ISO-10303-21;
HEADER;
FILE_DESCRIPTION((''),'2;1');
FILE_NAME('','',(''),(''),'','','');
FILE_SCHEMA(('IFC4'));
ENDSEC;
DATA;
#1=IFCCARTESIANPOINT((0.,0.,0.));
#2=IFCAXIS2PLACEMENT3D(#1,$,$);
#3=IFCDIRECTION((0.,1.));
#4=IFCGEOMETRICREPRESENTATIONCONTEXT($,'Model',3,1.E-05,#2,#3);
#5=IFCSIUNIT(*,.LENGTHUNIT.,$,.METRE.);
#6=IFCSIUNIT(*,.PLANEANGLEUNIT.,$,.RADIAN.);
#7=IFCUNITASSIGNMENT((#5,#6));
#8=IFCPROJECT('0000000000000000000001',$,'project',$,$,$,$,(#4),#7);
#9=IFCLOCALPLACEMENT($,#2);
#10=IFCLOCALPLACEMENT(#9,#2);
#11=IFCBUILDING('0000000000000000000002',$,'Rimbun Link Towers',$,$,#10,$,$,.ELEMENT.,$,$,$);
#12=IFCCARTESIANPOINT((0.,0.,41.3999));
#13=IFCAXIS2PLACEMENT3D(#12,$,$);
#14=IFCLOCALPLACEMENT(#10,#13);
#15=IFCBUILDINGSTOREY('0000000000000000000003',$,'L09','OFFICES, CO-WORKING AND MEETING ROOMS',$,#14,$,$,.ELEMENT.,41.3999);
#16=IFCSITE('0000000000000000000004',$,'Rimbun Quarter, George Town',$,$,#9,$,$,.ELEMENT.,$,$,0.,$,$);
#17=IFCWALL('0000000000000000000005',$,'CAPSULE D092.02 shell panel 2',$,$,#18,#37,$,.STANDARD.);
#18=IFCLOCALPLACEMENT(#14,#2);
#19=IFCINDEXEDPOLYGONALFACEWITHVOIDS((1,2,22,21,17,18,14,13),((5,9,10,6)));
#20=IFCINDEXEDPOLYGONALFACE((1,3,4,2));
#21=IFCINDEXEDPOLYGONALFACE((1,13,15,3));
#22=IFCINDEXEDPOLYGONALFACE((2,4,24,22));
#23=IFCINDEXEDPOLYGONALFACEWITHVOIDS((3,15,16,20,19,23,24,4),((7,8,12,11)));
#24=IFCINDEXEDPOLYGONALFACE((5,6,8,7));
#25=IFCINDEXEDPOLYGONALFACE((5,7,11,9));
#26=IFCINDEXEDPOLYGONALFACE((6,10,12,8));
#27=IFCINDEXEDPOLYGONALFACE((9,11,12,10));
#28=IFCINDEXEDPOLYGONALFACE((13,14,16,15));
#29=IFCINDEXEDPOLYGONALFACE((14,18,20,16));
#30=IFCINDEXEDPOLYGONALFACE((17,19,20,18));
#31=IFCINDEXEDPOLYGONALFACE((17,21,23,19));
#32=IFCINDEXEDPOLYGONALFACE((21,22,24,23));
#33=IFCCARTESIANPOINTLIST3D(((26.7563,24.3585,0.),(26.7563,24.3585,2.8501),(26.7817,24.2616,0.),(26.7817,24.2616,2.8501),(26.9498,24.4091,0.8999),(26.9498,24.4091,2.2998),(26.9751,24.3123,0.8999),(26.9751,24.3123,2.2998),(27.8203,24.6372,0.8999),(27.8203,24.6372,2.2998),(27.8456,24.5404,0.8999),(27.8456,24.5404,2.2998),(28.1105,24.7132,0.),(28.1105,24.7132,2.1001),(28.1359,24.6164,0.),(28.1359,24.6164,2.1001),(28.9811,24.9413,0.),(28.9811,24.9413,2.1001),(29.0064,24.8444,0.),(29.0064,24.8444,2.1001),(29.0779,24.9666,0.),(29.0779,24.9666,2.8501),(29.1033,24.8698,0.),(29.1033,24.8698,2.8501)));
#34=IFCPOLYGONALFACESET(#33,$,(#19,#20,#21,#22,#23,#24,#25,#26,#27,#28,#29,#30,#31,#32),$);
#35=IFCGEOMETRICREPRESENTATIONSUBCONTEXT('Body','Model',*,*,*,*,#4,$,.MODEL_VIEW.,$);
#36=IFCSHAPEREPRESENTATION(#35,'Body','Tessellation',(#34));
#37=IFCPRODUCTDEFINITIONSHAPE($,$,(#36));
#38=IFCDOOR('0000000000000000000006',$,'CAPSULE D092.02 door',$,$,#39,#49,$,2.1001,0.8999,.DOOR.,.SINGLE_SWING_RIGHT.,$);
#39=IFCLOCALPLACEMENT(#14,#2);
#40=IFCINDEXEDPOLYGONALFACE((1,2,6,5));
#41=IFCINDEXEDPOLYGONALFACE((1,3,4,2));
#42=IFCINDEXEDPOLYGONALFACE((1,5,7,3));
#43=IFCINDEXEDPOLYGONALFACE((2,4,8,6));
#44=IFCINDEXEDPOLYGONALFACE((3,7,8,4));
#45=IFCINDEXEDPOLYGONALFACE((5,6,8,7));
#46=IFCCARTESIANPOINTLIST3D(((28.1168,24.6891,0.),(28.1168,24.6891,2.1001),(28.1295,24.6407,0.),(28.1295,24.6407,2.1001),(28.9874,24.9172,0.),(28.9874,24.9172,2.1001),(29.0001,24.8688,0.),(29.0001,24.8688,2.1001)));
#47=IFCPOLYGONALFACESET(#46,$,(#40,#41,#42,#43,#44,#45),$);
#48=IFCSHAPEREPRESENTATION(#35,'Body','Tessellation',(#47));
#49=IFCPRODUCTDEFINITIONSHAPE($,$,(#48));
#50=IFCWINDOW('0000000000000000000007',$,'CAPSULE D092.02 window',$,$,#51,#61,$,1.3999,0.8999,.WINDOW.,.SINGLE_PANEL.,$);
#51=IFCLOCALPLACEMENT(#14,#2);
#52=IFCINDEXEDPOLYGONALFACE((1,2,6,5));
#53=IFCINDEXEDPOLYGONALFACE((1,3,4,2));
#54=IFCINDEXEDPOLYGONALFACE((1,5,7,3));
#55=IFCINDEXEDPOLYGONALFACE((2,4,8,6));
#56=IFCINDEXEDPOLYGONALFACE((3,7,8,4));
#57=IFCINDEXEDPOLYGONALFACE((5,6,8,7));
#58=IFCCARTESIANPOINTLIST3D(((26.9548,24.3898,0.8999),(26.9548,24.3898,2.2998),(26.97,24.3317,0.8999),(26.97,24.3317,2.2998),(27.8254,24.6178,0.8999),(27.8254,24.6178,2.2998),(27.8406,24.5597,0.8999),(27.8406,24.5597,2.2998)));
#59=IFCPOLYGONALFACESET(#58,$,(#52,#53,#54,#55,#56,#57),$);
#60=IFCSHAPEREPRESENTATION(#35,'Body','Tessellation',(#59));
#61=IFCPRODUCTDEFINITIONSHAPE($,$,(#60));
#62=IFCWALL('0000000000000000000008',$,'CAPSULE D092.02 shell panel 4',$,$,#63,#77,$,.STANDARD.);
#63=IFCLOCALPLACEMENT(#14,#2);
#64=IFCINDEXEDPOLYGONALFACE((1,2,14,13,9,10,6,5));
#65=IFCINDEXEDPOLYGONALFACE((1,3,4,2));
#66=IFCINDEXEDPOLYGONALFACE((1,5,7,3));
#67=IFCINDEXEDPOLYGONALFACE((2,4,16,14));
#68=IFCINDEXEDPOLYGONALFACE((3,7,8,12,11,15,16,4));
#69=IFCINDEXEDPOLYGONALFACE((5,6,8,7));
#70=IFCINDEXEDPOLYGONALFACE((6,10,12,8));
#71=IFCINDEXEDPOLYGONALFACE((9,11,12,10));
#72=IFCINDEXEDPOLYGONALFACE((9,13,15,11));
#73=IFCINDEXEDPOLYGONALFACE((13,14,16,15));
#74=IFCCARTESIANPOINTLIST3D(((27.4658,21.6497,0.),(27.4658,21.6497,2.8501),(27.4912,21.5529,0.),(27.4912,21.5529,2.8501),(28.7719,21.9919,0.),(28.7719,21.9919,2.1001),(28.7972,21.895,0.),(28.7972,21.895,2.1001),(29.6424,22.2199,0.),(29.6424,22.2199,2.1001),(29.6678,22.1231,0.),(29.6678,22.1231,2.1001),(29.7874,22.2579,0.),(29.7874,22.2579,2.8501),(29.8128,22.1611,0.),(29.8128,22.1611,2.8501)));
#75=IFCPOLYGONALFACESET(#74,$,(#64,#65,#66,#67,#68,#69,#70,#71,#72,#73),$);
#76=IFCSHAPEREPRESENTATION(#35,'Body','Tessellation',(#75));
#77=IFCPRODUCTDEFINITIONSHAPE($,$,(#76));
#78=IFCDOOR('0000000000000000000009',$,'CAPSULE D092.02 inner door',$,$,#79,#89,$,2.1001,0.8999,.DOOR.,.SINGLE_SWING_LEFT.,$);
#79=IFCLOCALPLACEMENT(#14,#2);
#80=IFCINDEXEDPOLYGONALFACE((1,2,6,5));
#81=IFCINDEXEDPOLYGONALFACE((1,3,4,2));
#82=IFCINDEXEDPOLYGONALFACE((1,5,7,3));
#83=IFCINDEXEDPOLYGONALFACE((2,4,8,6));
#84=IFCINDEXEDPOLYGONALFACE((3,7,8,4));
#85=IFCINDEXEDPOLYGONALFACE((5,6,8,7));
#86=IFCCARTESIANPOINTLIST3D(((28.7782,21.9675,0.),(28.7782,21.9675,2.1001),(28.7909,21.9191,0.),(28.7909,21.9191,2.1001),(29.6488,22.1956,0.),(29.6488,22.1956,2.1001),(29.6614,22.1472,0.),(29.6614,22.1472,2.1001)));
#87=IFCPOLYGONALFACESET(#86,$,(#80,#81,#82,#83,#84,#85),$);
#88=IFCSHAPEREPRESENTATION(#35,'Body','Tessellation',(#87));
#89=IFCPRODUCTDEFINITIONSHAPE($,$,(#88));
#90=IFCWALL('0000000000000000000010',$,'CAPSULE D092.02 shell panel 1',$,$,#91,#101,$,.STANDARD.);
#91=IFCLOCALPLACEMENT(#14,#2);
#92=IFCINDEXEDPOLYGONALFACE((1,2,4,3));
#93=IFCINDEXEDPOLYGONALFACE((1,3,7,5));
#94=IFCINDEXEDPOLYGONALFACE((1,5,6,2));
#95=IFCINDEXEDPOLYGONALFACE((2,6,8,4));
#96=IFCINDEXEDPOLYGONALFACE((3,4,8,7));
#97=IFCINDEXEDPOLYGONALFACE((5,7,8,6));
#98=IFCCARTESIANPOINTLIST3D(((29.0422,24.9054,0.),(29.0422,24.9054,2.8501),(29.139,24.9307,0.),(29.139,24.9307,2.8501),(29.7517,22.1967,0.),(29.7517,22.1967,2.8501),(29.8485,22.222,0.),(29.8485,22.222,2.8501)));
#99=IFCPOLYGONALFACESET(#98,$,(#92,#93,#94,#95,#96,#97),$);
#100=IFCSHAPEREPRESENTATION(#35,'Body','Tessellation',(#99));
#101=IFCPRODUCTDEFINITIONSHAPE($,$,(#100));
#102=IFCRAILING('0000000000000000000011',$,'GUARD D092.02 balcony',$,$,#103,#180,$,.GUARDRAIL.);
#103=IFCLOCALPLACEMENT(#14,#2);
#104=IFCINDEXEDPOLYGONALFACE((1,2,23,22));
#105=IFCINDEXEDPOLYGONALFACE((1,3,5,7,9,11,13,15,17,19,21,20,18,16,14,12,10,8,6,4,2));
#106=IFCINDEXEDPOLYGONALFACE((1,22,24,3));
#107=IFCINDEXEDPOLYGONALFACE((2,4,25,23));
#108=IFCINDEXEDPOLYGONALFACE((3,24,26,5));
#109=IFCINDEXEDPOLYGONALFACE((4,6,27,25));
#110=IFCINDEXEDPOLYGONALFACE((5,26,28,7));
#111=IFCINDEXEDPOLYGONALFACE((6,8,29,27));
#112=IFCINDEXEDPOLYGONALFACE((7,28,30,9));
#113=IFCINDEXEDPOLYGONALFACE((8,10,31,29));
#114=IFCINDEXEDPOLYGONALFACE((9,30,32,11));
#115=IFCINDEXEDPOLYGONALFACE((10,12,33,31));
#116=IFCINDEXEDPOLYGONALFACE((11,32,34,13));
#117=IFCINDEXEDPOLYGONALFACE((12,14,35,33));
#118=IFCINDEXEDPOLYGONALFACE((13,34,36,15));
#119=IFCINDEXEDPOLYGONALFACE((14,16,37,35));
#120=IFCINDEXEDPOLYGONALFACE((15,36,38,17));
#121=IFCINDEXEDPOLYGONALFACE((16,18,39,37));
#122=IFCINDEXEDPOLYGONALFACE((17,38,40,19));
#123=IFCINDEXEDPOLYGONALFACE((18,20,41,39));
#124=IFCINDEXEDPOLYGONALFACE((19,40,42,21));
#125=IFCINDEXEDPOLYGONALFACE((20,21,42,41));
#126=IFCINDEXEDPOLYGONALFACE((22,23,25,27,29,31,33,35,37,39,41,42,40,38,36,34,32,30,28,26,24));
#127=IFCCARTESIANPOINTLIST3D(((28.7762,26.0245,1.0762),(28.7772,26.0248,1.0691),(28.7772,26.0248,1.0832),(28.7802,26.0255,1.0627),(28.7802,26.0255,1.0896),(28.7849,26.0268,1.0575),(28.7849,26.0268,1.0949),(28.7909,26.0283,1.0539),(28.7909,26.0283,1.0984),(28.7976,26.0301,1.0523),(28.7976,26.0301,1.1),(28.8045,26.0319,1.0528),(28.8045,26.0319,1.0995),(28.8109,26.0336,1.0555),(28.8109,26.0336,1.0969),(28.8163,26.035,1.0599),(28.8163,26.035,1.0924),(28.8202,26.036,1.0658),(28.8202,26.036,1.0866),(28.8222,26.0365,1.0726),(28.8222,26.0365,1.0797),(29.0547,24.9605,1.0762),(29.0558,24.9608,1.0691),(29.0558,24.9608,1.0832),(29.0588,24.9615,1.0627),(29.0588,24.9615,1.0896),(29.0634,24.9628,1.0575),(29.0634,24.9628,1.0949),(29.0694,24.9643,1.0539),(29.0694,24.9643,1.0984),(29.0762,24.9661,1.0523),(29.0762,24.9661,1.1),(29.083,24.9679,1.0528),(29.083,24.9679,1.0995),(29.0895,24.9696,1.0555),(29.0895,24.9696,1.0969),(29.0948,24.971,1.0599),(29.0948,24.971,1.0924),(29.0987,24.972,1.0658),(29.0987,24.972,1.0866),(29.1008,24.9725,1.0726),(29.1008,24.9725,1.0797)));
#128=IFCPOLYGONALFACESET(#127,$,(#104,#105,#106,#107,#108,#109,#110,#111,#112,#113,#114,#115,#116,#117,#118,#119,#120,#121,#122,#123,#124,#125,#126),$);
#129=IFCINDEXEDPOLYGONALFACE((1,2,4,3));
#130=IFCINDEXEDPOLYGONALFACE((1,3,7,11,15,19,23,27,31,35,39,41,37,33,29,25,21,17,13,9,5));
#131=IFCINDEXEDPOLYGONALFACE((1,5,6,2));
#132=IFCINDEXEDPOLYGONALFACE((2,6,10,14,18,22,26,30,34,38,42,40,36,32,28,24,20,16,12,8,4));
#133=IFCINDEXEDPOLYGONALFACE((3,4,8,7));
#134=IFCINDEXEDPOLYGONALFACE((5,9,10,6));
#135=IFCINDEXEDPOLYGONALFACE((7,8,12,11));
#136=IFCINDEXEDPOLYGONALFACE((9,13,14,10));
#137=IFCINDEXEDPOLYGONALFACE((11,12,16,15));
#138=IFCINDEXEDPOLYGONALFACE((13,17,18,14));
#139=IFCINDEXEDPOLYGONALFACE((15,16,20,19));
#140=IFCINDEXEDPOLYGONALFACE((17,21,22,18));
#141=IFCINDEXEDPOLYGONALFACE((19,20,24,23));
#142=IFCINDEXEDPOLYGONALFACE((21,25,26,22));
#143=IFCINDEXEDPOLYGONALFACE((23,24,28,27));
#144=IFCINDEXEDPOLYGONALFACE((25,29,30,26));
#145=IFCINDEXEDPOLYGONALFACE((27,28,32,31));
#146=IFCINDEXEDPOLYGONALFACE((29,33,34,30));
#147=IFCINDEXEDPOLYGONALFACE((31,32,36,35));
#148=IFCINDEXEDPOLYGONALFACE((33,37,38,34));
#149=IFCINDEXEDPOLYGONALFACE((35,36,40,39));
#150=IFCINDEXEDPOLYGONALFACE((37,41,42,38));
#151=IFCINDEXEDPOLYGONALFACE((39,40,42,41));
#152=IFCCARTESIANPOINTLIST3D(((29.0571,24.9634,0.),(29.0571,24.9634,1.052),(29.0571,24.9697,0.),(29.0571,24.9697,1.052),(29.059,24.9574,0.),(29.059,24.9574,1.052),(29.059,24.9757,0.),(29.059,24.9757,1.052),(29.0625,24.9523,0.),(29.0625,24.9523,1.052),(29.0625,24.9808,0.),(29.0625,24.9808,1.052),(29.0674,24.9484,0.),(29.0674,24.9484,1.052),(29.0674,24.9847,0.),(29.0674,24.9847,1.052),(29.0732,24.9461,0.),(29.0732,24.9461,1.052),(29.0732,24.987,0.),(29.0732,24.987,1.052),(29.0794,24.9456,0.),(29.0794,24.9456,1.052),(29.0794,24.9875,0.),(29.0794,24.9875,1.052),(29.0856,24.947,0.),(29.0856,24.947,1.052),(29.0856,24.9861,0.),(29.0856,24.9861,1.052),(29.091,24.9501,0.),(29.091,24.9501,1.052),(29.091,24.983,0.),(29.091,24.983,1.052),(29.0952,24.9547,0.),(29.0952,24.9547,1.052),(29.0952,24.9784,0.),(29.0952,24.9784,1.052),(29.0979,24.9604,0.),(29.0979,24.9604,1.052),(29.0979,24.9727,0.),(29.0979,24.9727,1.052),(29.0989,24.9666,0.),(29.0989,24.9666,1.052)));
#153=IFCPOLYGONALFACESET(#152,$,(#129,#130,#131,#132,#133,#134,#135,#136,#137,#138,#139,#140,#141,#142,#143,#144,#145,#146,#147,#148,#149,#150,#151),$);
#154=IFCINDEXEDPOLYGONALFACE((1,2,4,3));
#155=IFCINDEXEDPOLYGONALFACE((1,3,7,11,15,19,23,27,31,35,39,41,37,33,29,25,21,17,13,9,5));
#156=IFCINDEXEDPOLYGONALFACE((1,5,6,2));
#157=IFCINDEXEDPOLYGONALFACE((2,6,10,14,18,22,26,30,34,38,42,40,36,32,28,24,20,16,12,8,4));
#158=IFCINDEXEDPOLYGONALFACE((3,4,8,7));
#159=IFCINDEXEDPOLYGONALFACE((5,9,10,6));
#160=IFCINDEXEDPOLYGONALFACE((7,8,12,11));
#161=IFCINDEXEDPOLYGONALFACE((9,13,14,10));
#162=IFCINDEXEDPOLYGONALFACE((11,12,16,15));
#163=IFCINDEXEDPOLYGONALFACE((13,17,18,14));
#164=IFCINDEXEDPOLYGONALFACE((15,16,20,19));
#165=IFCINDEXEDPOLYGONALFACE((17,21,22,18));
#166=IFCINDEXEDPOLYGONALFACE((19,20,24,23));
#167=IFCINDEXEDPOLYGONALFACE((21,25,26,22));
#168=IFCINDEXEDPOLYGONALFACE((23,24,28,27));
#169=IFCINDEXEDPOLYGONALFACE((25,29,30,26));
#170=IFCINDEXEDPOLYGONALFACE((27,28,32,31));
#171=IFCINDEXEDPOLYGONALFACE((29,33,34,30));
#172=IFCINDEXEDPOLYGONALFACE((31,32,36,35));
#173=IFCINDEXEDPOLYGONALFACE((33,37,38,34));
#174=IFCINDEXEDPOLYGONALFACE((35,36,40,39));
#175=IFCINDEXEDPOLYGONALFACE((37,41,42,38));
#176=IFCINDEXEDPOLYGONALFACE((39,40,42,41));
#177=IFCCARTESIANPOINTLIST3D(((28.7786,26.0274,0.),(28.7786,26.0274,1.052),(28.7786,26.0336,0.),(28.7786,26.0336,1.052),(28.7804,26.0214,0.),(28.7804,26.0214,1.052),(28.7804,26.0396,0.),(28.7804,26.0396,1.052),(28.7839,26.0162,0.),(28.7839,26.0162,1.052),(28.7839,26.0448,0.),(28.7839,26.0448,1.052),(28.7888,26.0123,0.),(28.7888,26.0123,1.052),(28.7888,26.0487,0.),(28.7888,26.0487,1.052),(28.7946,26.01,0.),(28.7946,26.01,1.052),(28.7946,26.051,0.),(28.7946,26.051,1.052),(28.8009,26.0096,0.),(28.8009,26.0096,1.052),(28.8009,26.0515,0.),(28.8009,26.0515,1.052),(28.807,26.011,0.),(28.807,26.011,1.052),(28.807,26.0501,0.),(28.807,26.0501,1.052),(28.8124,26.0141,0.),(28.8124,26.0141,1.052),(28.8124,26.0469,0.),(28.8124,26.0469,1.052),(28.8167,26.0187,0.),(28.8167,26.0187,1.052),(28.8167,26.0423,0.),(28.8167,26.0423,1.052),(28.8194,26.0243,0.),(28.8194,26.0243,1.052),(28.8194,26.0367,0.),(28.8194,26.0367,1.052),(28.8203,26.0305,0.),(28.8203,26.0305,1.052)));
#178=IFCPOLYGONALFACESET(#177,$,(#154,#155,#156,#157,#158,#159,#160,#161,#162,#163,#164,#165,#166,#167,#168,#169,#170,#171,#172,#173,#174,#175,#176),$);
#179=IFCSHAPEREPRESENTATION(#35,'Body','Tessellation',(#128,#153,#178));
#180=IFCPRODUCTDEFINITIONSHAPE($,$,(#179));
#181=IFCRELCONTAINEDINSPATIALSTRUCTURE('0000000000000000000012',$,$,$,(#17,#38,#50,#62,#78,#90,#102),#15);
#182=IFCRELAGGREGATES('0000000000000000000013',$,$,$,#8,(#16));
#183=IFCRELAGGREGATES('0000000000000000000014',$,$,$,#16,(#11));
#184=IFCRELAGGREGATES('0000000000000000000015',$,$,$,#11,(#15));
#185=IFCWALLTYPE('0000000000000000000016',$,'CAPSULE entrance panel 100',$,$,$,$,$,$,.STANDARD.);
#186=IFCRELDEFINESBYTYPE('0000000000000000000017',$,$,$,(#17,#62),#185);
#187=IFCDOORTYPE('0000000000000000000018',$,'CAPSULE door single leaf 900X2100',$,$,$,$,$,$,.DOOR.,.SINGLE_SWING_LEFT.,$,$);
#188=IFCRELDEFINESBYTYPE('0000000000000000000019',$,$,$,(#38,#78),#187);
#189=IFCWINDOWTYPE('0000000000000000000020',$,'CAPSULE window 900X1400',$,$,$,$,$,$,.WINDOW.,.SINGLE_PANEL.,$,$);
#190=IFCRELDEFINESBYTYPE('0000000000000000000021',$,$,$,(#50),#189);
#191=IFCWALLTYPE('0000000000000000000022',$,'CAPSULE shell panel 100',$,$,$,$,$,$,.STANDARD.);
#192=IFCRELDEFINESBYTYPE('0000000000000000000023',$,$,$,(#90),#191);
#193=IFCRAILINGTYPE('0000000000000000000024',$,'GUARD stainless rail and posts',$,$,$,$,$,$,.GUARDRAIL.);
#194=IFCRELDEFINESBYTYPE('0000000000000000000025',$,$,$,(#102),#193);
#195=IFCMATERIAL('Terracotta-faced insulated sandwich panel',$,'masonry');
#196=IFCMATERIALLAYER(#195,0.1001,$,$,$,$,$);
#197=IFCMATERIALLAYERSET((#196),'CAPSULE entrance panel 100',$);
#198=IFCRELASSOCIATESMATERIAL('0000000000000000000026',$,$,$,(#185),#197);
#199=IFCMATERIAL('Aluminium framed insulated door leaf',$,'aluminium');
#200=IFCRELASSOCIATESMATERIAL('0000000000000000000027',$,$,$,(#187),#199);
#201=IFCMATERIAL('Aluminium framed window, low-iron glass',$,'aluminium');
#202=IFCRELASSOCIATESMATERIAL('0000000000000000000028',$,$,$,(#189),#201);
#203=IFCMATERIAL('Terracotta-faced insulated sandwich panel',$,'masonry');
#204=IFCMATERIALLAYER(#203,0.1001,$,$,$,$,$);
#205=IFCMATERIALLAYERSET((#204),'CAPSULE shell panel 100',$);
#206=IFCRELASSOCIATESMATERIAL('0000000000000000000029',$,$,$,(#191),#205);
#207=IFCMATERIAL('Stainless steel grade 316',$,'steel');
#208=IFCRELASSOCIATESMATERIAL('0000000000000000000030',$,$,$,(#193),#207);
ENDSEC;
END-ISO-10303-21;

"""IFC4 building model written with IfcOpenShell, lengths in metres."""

from ifc_helpers import new_model, si_unit, direction, frame, frame_2d, origin, origin_2d, place, context, subcontext, project, spatial, rectangle, circle, extrude, material, layer, layer_set, type_object, element, fill, save


model = new_model("IFC4")

# Units and contexts
model_context = context("Model", 3, precision=1e-05, world=origin(), true_north=direction((0.0, 1.0)))
body_context = subcontext(model_context, "Body", "Model", "MODEL_VIEW")
ifc_project = project(units=[si_unit("LENGTHUNIT", "METRE"), si_unit("PLANEANGLEUNIT", "RADIAN")], contexts=[model_context])

# Site, building, storey
site_placement = place(None, origin())
site = spatial("IfcSite", under=ifc_project, at=site_placement, Name="Rimbun Quarter, George Town", CompositionType="ELEMENT", RefElevation=0.0)
building_placement = place(site_placement, origin())
building = spatial("IfcBuilding", under=site, at=building_placement, Name="Rimbun Link Towers", CompositionType="ELEMENT")
storey_placement = place(building_placement, frame((0.0, 0.0, 41.3999)))
storey = spatial("IfcBuildingStorey", under=building, at=storey_placement, Name="L09", Description="OFFICES, CO-WORKING AND MEETING ROOMS", CompositionType="ELEMENT", Elevation=41.3999)

# Wall, openings, door, window
ifc_material_1 = material(Name="Terracotta-faced insulated sandwich panel", Category="masonry")
ifc_layer_1 = layer(ifc_material_1, 0.1001)
ifc_layer_set_1 = layer_set([ifc_layer_1], Name="CAPSULE entrance panel 100")
wall_type_1 = type_object("IfcWallType", Name="CAPSULE entrance panel 100", PredefinedType="STANDARD", material=ifc_layer_set_1)
wall_1_placement = place(storey_placement, frame((29.0906, 24.9182, 0.0), z_axis=(0.0, 0.0, 1.0), x_axis=(-0.967359, -0.253412, 0.0)))
wall_1 = element("IfcWall", 1, at=wall_1_placement, inside=storey, type_object=wall_type_1, Name="CAPSULE D092.02 shell panel 2", PredefinedType="STANDARD", context=body_context, shape_type="SweptSolid", body=[
    extrude(rectangle(XDim=2.3999, YDim=0.1001, at=frame_2d((1.2, 0.0))), origin(), (0.0, 0.0, 1.0), 2.8501),
])
opening_1_placement = place(wall_1_placement, frame((0.1001, 0.0, 0.0)))
opening_1 = element("IfcOpeningElement", 2, at=opening_1_placement, cuts=wall_1, PredefinedType="OPENING", context=body_context, shape_type="SweptSolid", body=[
    extrude(rectangle(XDim=0.8999, YDim=2.1001, at=frame_2d((0.45, 1.05))), frame((0.0, 0.0601, 0.0), z_axis=(0.0, -1.0, 0.0), x_axis=(1.0, 0.0, 0.0)), (0.0, 0.0, 1.0), 0.1201),
])
opening_2_placement = place(wall_1_placement, frame((1.3, 0.0, 0.8999)))
opening_2 = element("IfcOpeningElement", 3, at=opening_2_placement, cuts=wall_1, PredefinedType="OPENING", context=body_context, shape_type="SweptSolid", body=[
    extrude(rectangle(XDim=0.8999, YDim=1.3999, at=frame_2d((0.45, 0.7))), frame((0.0, 0.0601, 0.0), z_axis=(0.0, -1.0, 0.0), x_axis=(1.0, 0.0, 0.0)), (0.0, 0.0, 1.0), 0.1201),
])
ifc_material_2 = material(Name="Aluminium framed insulated door leaf", Category="aluminium")
door_type = type_object("IfcDoorType", Name="CAPSULE door single leaf 900X2100", OperationType="SINGLE_SWING_LEFT", PredefinedType="DOOR", material=ifc_material_2)
door_1_placement = place(opening_1_placement, origin())
door_1 = element("IfcDoor", 4, at=door_1_placement, inside=storey, type_object=door_type, Name="CAPSULE D092.02 door", OperationType="SINGLE_SWING_RIGHT", OverallHeight=2.1001, OverallWidth=0.8999, PredefinedType="DOOR", context=body_context, shape_type="SweptSolid", body=[
    extrude(rectangle(XDim=0.8999, YDim=2.1001, at=frame_2d((0.45, 1.05))), frame((0.0, 0.0249, 0.0), z_axis=(0.0, -1.0, 0.0), x_axis=(1.0, 0.0, 0.0)), (0.0, 0.0, 1.0), 0.05),
])
fill(opening_1, door_1)
ifc_material_3 = material(Name="Aluminium framed window, low-iron glass", Category="aluminium")
window_type = type_object("IfcWindowType", Name="CAPSULE window 900X1400", PartitioningType="SINGLE_PANEL", PredefinedType="WINDOW", material=ifc_material_3)
window_placement = place(opening_2_placement, origin())
window = element("IfcWindow", 5, at=window_placement, inside=storey, type_object=window_type, Name="CAPSULE D092.02 window", OverallHeight=1.3999, OverallWidth=0.8999, PartitioningType="SINGLE_PANEL", PredefinedType="WINDOW", context=body_context, shape_type="SweptSolid", body=[
    extrude(rectangle(XDim=0.8999, YDim=1.3999, at=frame_2d((0.45, 0.7))), frame((0.0, 0.03, 0.0), z_axis=(0.0, -1.0, 0.0), x_axis=(1.0, 0.0, 0.0)), (0.0, 0.0, 1.0), 0.0601),
])
fill(opening_2, window)

# Wall, opening, door
wall_2_placement = place(storey_placement, frame((27.4785, 21.6013, 0.0), z_axis=(0.0, 0.0, 1.0), x_axis=(0.967359, 0.253412, 0.0)))
wall_2 = element("IfcWall", 6, at=wall_2_placement, inside=storey, type_object=wall_type_1, Name="CAPSULE D092.02 shell panel 4", PredefinedType="STANDARD", context=body_context, shape_type="SweptSolid", body=[
    extrude(rectangle(XDim=2.3999, YDim=0.1001, at=frame_2d((1.2, 0.0))), origin(), (0.0, 0.0, 1.0), 2.8501),
])
opening_3_placement = place(wall_2_placement, frame((1.3501, 0.0, 0.0)))
opening_3 = element("IfcOpeningElement", 7, at=opening_3_placement, cuts=wall_2, PredefinedType="OPENING", context=body_context, shape_type="SweptSolid", body=[
    extrude(rectangle(XDim=0.8999, YDim=2.1001, at=frame_2d((0.45, 1.05))), frame((0.0, 0.0601, 0.0), z_axis=(0.0, -1.0, 0.0), x_axis=(1.0, 0.0, 0.0)), (0.0, 0.0, 1.0), 0.1201),
])
door_2_placement = place(opening_3_placement, origin())
door_2 = element("IfcDoor", 8, at=door_2_placement, inside=storey, type_object=door_type, Name="CAPSULE D092.02 inner door", OperationType="SINGLE_SWING_LEFT", OverallHeight=2.1001, OverallWidth=0.8999, PredefinedType="DOOR", context=body_context, shape_type="SweptSolid", body=[
    extrude(rectangle(XDim=0.8999, YDim=2.1001, at=frame_2d((0.45, 1.05))), frame((0.0, 0.0249, 0.0), z_axis=(0.0, -1.0, 0.0), x_axis=(1.0, 0.0, 0.0)), (0.0, 0.0, 1.0), 0.05),
])
fill(opening_3, door_2)

# Wall
ifc_material_4 = material(Name="Terracotta-faced insulated sandwich panel", Category="masonry")
ifc_layer_2 = layer(ifc_material_4, 0.1001)
ifc_layer_set_2 = layer_set([ifc_layer_2], Name="CAPSULE shell panel 100")
wall_type_2 = type_object("IfcWallType", Name="CAPSULE shell panel 100", PredefinedType="STANDARD", material=ifc_layer_set_2)
wall_3_placement = place(storey_placement, frame((29.8, 22.2095, 0.0), z_axis=(0.0, 0.0, 1.0), x_axis=(-0.253373, 0.967369, 0.0)))
element("IfcWall", 9, at=wall_3_placement, inside=storey, type_object=wall_type_2, Name="CAPSULE D092.02 shell panel 1", PredefinedType="STANDARD", context=body_context, shape_type="SweptSolid", body=[
    extrude(rectangle(XDim=2.8, YDim=0.1001, at=frame_2d((1.3999, 0.0))), origin(), (0.0, 0.0, 1.0), 2.8501),
])

# Railing
ifc_material_5 = material(Name="Stainless steel grade 316", Category="steel")
railing_type = type_object("IfcRailingType", Name="GUARD stainless rail and posts", PredefinedType="GUARDRAIL", material=ifc_material_5)
railing_1_placement = place(storey_placement, frame((29.0779, 24.9666, 0.0)))
element("IfcRailing", 10, at=railing_1_placement, inside=storey, type_object=railing_type, Name="GUARD D092.02 balcony", PredefinedType="GUARDRAIL", context=body_context, shape_type="SweptSolid", body=[
    extrude(circle(Radius=0.0239, at=origin_2d()), frame((0.0, 0.0, 1.0762), z_axis=(-0.25328, 0.967393, 0.0), x_axis=(-0.967393, -0.25328, 0.0)), (0.0, 0.0, 1.0), 1.0999),
    extrude(circle(Radius=0.021, at=origin_2d()), origin(), (0.0, 0.0, 1.0), 1.052),
    extrude(circle(Radius=0.021, at=origin_2d()), frame((-0.2786, 1.064, 0.0)), (0.0, 0.0, 1.0), 1.052),
])

save(model, "model.ifc")
